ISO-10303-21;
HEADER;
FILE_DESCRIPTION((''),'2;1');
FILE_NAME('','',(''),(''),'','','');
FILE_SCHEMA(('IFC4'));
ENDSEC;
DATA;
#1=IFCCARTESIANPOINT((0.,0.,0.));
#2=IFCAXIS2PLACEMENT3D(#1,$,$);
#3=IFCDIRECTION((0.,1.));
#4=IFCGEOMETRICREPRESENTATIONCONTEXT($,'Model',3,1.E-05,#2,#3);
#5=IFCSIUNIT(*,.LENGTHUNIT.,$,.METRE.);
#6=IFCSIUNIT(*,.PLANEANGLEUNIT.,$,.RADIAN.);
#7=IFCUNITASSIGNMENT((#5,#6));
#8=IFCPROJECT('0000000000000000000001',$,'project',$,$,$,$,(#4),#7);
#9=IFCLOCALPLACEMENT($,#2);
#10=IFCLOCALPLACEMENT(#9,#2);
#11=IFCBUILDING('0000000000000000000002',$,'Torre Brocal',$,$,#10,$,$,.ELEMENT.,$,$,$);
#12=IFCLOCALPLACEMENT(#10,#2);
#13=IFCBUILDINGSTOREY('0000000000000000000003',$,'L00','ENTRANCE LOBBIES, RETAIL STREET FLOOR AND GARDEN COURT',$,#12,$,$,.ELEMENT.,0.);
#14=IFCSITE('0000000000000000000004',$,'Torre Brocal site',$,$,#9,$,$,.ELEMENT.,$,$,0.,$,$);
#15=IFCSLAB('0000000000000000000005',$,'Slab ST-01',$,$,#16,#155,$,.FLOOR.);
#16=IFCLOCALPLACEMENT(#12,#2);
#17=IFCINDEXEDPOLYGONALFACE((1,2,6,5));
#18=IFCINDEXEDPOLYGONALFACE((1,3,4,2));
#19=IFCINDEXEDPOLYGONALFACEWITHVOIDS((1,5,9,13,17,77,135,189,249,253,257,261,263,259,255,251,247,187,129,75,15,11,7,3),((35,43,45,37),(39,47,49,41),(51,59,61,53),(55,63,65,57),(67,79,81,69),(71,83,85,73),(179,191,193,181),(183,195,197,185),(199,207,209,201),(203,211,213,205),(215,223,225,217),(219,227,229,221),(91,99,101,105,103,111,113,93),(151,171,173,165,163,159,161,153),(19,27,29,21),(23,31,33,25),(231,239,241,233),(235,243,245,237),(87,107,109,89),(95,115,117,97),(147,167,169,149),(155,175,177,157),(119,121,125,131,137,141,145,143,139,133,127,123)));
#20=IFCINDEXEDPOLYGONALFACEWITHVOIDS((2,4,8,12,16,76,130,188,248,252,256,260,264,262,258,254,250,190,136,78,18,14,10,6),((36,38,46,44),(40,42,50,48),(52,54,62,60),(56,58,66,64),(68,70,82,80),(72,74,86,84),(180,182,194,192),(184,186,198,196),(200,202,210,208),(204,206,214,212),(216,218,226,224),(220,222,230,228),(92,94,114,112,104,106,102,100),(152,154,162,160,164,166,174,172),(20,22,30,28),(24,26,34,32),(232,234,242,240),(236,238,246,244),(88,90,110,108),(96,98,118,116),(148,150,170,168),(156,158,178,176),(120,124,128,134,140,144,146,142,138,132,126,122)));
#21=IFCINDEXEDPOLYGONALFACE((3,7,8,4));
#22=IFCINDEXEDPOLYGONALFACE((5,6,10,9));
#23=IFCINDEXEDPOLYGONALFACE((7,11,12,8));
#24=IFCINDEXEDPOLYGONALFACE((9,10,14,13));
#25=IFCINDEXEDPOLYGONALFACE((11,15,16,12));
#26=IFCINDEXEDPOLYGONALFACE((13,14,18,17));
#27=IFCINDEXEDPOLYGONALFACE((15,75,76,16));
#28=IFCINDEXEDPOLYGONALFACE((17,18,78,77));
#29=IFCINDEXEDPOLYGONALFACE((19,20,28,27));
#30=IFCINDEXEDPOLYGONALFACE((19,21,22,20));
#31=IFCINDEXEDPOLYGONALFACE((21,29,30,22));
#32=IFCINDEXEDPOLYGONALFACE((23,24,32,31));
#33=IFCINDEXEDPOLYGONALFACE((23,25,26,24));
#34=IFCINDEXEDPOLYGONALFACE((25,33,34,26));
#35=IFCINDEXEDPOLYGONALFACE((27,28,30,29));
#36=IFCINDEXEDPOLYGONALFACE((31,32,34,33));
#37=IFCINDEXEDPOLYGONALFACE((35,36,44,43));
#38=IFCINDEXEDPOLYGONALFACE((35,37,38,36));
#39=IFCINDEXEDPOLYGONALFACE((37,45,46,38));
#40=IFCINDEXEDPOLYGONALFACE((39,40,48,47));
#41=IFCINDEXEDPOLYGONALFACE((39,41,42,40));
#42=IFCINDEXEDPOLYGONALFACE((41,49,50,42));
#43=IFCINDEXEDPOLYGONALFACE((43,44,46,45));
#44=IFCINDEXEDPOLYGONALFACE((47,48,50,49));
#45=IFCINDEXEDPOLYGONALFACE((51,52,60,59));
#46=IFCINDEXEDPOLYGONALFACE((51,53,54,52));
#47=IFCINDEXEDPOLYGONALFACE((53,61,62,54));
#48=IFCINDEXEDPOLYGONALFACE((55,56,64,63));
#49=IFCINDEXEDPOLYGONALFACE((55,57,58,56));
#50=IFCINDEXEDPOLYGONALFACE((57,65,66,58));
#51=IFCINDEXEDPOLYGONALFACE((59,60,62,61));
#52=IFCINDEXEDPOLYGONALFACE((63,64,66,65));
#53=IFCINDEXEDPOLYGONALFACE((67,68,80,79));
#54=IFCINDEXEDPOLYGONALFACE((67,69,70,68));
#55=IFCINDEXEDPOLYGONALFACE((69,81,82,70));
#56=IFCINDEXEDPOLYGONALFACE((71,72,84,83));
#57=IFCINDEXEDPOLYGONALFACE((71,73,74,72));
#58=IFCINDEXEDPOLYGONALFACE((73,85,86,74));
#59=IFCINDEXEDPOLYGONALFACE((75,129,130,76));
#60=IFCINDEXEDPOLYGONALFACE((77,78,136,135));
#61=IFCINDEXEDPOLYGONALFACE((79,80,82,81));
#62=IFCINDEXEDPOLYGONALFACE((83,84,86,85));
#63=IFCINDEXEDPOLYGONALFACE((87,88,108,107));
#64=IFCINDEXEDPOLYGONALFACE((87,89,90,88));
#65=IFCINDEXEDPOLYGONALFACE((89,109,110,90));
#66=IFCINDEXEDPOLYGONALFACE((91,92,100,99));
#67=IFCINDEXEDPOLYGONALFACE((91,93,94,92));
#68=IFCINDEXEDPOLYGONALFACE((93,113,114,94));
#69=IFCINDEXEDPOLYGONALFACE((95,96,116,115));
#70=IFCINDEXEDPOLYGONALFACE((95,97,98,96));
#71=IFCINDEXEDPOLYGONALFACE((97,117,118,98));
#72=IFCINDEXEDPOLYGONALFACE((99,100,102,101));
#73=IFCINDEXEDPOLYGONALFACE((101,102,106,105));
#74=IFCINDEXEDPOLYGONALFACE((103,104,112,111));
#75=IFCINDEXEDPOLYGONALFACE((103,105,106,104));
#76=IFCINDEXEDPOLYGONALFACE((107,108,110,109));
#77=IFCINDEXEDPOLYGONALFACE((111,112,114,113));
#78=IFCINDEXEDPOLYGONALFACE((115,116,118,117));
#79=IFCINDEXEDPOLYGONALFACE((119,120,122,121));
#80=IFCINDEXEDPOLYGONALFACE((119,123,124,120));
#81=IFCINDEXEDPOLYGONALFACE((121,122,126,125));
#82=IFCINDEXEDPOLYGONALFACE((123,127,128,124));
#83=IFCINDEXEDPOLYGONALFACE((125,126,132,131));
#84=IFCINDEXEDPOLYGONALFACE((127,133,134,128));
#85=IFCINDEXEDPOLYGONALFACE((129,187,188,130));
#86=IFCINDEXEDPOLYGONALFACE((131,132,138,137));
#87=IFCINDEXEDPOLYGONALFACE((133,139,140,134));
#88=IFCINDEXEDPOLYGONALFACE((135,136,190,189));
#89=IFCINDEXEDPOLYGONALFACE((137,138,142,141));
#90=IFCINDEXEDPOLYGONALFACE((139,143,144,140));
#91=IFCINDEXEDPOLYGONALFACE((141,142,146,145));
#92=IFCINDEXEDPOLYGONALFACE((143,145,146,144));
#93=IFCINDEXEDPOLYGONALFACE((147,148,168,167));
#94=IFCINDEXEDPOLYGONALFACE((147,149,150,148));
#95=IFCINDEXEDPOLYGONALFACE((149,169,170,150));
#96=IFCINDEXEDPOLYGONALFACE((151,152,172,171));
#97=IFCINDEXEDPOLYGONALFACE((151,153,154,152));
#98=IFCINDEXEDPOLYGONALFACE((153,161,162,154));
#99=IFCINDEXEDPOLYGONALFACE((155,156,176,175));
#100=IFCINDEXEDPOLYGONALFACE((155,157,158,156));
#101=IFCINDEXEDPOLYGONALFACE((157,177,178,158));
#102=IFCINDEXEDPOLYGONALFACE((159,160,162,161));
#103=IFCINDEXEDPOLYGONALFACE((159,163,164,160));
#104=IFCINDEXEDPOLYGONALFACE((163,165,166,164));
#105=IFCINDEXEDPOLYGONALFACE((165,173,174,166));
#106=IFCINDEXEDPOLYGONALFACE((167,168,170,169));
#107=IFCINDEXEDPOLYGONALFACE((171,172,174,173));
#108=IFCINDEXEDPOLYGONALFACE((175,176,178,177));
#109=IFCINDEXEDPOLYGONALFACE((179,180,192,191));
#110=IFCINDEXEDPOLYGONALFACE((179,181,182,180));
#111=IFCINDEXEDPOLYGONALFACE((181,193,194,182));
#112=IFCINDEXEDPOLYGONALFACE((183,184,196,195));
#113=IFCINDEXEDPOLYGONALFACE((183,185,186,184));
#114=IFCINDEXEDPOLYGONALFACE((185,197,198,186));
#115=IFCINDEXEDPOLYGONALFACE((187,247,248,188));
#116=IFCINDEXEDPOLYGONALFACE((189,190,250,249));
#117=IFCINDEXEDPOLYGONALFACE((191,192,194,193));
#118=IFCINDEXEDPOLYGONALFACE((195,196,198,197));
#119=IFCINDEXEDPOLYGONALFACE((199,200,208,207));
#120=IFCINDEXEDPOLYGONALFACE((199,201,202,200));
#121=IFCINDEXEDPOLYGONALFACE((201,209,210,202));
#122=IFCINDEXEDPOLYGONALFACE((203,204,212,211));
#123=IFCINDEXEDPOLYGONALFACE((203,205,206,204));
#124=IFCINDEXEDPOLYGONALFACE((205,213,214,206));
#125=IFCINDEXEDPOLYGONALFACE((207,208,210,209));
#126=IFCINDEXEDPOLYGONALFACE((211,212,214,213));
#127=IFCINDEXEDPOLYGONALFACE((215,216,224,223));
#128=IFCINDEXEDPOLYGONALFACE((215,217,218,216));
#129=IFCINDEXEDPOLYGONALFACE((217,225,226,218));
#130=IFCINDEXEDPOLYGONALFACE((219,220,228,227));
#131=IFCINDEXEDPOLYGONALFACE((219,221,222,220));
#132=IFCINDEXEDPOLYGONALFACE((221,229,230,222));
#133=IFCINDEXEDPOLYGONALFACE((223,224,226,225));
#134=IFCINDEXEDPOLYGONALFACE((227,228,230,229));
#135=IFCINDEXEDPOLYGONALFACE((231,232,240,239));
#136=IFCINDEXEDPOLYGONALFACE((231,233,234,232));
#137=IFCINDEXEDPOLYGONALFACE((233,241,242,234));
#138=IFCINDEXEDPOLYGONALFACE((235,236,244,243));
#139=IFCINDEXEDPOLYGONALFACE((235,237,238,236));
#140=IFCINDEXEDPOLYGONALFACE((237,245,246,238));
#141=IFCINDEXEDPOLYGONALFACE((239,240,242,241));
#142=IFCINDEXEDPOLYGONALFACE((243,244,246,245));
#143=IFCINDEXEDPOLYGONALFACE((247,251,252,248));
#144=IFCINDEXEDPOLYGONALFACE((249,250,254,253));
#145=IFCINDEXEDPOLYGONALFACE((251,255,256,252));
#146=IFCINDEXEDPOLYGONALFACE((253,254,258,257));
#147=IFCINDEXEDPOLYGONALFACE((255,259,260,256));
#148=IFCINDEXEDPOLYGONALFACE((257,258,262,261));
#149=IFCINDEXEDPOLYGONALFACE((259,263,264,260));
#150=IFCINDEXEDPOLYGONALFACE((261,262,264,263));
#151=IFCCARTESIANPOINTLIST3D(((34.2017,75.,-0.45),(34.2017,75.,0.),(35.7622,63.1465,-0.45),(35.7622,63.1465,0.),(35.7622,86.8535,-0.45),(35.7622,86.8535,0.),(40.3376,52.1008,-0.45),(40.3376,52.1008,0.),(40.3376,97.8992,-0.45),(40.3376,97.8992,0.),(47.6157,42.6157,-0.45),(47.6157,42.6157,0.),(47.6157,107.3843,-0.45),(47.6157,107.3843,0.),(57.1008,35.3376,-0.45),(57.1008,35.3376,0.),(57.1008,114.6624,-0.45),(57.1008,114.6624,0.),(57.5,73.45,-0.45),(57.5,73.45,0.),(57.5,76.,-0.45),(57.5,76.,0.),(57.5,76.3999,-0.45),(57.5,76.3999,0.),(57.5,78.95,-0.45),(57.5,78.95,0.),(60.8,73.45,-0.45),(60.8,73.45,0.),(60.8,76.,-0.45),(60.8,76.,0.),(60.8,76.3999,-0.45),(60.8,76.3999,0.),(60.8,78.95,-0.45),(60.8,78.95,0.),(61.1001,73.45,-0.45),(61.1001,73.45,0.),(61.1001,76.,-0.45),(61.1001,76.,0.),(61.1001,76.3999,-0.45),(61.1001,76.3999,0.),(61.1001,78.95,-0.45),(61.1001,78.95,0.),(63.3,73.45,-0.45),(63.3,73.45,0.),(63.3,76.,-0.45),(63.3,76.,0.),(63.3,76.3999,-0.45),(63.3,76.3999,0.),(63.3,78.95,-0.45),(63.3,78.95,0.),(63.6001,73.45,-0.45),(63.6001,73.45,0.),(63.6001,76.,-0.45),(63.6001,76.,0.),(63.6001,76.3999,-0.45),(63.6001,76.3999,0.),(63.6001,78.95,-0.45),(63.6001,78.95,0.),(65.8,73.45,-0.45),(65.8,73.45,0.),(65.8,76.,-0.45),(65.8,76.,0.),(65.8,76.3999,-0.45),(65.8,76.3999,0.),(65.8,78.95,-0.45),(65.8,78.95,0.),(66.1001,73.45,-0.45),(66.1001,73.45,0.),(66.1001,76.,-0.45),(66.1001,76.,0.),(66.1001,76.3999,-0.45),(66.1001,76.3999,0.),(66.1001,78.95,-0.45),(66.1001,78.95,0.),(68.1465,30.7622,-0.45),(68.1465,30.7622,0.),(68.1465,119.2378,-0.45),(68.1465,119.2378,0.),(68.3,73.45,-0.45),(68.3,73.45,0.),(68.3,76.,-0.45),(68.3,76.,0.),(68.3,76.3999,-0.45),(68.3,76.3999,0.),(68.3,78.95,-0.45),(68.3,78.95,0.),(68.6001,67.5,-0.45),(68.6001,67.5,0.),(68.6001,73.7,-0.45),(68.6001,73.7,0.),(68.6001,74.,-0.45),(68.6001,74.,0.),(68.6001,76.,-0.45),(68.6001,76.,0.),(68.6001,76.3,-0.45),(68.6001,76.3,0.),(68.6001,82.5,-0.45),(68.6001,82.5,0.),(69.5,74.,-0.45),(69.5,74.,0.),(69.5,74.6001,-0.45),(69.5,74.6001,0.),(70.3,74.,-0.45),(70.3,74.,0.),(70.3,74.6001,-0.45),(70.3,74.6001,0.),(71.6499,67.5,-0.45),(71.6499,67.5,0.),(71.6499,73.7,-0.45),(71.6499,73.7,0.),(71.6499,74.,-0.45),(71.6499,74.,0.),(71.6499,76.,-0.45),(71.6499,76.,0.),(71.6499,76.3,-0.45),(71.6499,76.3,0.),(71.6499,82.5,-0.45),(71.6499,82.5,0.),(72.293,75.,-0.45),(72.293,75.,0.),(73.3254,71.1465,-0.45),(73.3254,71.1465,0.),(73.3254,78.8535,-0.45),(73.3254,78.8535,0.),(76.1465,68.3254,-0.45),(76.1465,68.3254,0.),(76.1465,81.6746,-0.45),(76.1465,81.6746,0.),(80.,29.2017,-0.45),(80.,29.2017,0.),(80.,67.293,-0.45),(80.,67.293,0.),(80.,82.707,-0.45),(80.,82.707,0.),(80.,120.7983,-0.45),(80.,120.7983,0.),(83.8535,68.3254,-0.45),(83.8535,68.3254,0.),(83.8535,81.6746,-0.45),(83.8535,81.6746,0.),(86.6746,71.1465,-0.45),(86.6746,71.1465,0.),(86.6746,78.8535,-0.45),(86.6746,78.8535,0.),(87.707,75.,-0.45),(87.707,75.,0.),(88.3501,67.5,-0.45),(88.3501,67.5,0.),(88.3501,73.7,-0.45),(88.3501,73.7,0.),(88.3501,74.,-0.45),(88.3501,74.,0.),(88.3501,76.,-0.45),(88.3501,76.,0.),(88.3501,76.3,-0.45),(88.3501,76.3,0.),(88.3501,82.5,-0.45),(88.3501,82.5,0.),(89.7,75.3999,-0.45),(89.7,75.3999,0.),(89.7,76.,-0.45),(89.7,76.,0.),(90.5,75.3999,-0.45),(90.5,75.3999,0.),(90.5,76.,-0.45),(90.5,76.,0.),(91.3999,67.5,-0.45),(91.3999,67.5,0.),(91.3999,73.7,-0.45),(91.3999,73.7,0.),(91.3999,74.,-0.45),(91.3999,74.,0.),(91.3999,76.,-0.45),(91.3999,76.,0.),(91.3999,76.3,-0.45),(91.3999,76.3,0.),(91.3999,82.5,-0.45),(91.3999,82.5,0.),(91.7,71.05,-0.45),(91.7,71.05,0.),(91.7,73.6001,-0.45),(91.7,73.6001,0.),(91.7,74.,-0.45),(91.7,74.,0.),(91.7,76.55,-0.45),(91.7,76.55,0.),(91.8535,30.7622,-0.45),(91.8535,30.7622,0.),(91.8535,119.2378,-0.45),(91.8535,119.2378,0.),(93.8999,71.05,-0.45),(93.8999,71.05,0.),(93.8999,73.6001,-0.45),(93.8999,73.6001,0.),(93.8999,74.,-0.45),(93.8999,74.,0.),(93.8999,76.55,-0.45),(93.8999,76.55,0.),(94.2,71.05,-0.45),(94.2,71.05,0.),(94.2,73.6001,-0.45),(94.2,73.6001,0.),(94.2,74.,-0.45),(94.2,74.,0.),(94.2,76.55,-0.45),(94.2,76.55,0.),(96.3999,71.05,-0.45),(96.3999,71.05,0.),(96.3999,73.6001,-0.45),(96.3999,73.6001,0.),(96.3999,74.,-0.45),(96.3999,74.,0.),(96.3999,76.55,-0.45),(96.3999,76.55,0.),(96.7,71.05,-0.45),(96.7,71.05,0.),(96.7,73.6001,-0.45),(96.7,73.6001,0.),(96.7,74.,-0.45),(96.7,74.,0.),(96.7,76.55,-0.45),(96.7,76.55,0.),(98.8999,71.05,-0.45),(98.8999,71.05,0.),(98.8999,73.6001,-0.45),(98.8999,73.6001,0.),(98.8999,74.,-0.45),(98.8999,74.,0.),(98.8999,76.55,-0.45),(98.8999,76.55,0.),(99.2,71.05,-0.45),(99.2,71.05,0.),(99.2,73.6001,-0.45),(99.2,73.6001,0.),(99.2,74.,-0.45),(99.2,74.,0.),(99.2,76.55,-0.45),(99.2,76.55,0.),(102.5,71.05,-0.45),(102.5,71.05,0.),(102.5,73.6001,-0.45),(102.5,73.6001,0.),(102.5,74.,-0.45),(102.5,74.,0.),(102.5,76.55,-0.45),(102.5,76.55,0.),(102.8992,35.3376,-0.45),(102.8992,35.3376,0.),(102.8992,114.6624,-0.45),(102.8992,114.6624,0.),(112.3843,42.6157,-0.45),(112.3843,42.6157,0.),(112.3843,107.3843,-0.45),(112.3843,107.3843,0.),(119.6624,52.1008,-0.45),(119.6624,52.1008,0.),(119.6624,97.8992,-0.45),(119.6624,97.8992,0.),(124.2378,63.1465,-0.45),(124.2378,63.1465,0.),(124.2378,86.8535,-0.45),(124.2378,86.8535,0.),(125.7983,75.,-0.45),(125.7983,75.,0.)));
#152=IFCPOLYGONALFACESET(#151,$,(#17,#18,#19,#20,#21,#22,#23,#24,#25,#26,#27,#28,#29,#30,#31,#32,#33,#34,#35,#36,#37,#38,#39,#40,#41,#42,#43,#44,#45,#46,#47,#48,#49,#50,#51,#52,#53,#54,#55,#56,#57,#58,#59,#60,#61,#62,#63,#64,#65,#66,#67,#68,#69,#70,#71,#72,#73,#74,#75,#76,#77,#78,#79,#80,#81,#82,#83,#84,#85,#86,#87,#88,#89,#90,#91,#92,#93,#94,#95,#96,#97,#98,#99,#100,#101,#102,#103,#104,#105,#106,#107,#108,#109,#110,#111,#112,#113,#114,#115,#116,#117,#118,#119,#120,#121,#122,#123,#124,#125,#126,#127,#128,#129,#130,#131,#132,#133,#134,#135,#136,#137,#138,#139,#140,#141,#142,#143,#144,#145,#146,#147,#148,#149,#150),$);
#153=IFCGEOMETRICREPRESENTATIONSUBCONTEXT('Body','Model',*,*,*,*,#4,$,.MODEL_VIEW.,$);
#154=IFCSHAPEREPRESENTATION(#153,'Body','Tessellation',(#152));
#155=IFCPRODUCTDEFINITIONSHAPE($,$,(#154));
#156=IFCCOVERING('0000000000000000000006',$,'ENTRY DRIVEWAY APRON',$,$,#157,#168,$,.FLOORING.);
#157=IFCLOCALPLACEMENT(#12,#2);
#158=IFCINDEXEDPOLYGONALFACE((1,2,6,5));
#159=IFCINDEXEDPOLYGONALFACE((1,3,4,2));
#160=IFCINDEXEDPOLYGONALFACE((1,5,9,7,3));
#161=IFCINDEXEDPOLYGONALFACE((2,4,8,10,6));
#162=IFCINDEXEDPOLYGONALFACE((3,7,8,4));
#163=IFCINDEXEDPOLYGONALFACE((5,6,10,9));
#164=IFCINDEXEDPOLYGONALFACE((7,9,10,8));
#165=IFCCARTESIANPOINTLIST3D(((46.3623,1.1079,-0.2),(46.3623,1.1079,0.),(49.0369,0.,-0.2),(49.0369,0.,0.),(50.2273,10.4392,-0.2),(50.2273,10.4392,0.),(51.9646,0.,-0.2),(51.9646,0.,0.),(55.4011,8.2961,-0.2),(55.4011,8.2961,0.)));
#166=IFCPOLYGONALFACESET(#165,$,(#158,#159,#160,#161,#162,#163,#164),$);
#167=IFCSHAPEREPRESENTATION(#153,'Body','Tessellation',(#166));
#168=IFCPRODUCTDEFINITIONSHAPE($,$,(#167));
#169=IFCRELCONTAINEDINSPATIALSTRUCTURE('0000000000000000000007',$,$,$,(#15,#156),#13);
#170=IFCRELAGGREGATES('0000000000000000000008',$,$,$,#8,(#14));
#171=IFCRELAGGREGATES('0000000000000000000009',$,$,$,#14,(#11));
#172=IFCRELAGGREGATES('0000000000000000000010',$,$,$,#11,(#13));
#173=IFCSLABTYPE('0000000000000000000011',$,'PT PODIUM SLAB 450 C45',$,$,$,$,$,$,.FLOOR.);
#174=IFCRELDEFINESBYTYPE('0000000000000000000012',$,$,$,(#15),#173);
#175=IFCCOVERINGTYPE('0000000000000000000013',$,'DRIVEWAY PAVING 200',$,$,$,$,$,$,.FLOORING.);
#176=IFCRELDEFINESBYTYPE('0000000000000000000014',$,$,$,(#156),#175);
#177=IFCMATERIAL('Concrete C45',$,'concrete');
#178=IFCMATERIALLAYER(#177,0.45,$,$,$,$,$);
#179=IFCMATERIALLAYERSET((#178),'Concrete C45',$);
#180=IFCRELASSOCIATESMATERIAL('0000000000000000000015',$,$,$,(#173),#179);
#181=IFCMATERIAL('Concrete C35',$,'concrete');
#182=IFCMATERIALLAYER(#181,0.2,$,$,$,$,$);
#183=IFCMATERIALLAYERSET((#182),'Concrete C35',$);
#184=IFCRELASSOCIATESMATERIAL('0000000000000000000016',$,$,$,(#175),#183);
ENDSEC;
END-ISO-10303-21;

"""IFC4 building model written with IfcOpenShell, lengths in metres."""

from ifc_helpers import new_model, si_unit, direction, frame, origin, place, context, subcontext, project, spatial, polyline, outline, extrude, material, layer, layer_set, type_object, element, save


model = new_model("IFC4")

# Units and contexts
model_context = context("Model", 3, precision=1e-05, world=origin(), true_north=direction((0.0, 1.0)))
body_context = subcontext(model_context, "Body", "Model", "MODEL_VIEW")
ifc_project = project(units=[si_unit("LENGTHUNIT", "METRE"), si_unit("PLANEANGLEUNIT", "RADIAN")], contexts=[model_context])

# Site, building, storey
site_placement = place(None, origin())
site = spatial("IfcSite", under=ifc_project, at=site_placement, Name="Torre Brocal site", CompositionType="ELEMENT", RefElevation=0.0)
building_placement = place(site_placement, origin())
building = spatial("IfcBuilding", under=site, at=building_placement, Name="Torre Brocal", CompositionType="ELEMENT")
storey_placement = place(building_placement, origin())
storey = spatial("IfcBuildingStorey", under=building, at=storey_placement, Name="L00", Description="ENTRANCE LOBBIES, RETAIL STREET FLOOR AND GARDEN COURT", CompositionType="ELEMENT", Elevation=0.0)

# Slab
ifc_material_1 = material(Name="Concrete C45", Category="concrete")
ifc_layer_1 = layer(ifc_material_1, 0.45)
ifc_layer_set_1 = layer_set([ifc_layer_1], Name="Concrete C45")
slab_type_1 = type_object("IfcSlabType", Name="PT PODIUM SLAB 450 C45", PredefinedType="FLOOR", material=ifc_layer_set_1)
slab_1_placement = place(storey_placement, frame((0.0, 0.0, -0.45)))
element("IfcSlab", 1, at=slab_1_placement, inside=storey, type_object=slab_type_1, Name="Slab ST-01", PredefinedType="FLOOR", context=body_context, shape_type="SweptSolid", body=[
    extrude(outline(polyline([(112.3843, 42.6157), (102.8992, 35.3376), (91.8535, 30.7622), (80.0, 29.2017), (68.1465, 30.7622), (57.1008, 35.3376), (47.6157, 42.6157), (40.3376, 52.1008), (35.7622, 63.1465), (34.2017, 75.0), (35.7622, 86.8535), (40.3376, 97.8992), (47.6157, 107.3843), (57.1008, 114.6624), (68.1465, 119.2378), (80.0, 120.7983), (91.8535, 119.2378), (102.8992, 114.6624), (112.3843, 107.3843), (119.6624, 97.8992), (124.2378, 86.8535), (125.7983, 75.0), (124.2378, 63.1465), (119.6624, 52.1008), (112.3843, 42.6157)]), holes=[polyline([(102.5, 74.0), (102.5, 76.55), (99.2, 76.55), (99.2, 74.0), (102.5, 74.0)]), polyline([(102.5, 71.05), (102.5, 73.6001), (99.2, 73.6001), (99.2, 71.05), (102.5, 71.05)]), polyline([(98.8999, 76.55), (96.7, 76.55), (96.7, 74.0), (98.8999, 74.0), (98.8999, 76.55)]), polyline([(98.8999, 71.05), (98.8999, 73.6001), (96.7, 73.6001), (96.7, 71.05), (98.8999, 71.05)]), polyline([(96.3999, 73.6001), (94.2, 73.6001), (94.2, 71.05), (96.3999, 71.05), (96.3999, 73.6001)]), polyline([(96.3999, 74.0), (96.3999, 76.55), (94.2, 76.55), (94.2, 74.0), (96.3999, 74.0)]), polyline([(93.8999, 73.6001), (91.7, 73.6001), (91.7, 71.05), (93.8999, 71.05), (93.8999, 73.6001)]), polyline([(93.8999, 74.0), (93.8999, 76.55), (91.7, 76.55), (91.7, 74.0), (93.8999, 74.0)]), polyline([(91.3999, 76.3), (91.3999, 82.5), (88.3501, 82.5), (88.3501, 76.3), (91.3999, 76.3)]), polyline([(91.3999, 73.7), (88.3501, 73.7), (88.3501, 67.5), (91.3999, 67.5), (91.3999, 73.7)]), polyline([(89.7, 76.0), (88.3501, 76.0), (88.3501, 74.0), (91.3999, 74.0), (91.3999, 76.0), (90.5, 76.0), (90.5, 75.3999), (89.7, 75.3999), (89.7, 76.0)]), polyline([(80.0, 82.707), (76.1465, 81.6746), (73.3254, 78.8535), (72.293, 75.0), (73.3254, 71.1465), (76.1465, 68.3254), (80.0, 67.293), (83.8535, 68.3254), (86.6746, 71.1465), (87.707, 75.0), (86.6746, 78.8535), (83.8535, 81.6746), (80.0, 82.707)]), polyline([(68.6001, 82.5), (68.6001, 76.3), (71.6499, 76.3), (71.6499, 82.5), (68.6001, 82.5)]), polyline([(70.3, 74.0), (71.6499, 74.0), (71.6499, 76.0), (68.6001, 76.0), (68.6001, 74.0), (69.5, 74.0), (69.5, 74.6001), (70.3, 74.6001), (70.3, 74.0)]), polyline([(68.6001, 67.5), (71.6499, 67.5), (71.6499, 73.7), (68.6001, 73.7), (68.6001, 67.5)]), polyline([(66.1001, 78.95), (66.1001, 76.3999), (68.3, 76.3999), (68.3, 78.95), (66.1001, 78.95)]), polyline([(66.1001, 76.0), (66.1001, 73.45), (68.3, 73.45), (68.3, 76.0), (66.1001, 76.0)]), polyline([(63.6001, 76.0), (63.6001, 73.45), (65.8, 73.45), (65.8, 76.0), (63.6001, 76.0)]), polyline([(63.6001, 76.3999), (65.8, 76.3999), (65.8, 78.95), (63.6001, 78.95), (63.6001, 76.3999)]), polyline([(61.1001, 78.95), (61.1001, 76.3999), (63.3, 76.3999), (63.3, 78.95), (61.1001, 78.95)]), polyline([(61.1001, 73.45), (63.3, 73.45), (63.3, 76.0), (61.1001, 76.0), (61.1001, 73.45)]), polyline([(57.5, 73.45), (60.8, 73.45), (60.8, 76.0), (57.5, 76.0), (57.5, 73.45)]), polyline([(57.5, 78.95), (57.5, 76.3999), (60.8, 76.3999), (60.8, 78.95), (57.5, 78.95)])]), origin(), (0.0, 0.0, 1.0), 0.45),
])

# Covering
ifc_material_2 = material(Name="Concrete C35", Category="concrete")
ifc_layer_2 = layer(ifc_material_2, 0.2)
ifc_layer_set_2 = layer_set([ifc_layer_2], Name="Concrete C35")
covering_type_1 = type_object("IfcCoveringType", Name="DRIVEWAY PAVING 200", PredefinedType="FLOORING", material=ifc_layer_set_2)
covering_1_placement = place(storey_placement, frame((0.0, 0.0, -0.2)))
element("IfcCovering", 2, at=covering_1_placement, inside=storey, type_object=covering_type_1, Name="ENTRY DRIVEWAY APRON", PredefinedType="FLOORING", context=body_context, shape_type="SweptSolid", body=[
    extrude(outline(polyline([(55.4011, 8.2961), (51.9646, 0.0), (49.0369, 0.0), (46.3623, 1.1079), (50.2273, 10.4392), (55.4011, 8.2961)])), origin(), (0.0, 0.0, 1.0), 0.2),
])

save(model, "model.ifc")
